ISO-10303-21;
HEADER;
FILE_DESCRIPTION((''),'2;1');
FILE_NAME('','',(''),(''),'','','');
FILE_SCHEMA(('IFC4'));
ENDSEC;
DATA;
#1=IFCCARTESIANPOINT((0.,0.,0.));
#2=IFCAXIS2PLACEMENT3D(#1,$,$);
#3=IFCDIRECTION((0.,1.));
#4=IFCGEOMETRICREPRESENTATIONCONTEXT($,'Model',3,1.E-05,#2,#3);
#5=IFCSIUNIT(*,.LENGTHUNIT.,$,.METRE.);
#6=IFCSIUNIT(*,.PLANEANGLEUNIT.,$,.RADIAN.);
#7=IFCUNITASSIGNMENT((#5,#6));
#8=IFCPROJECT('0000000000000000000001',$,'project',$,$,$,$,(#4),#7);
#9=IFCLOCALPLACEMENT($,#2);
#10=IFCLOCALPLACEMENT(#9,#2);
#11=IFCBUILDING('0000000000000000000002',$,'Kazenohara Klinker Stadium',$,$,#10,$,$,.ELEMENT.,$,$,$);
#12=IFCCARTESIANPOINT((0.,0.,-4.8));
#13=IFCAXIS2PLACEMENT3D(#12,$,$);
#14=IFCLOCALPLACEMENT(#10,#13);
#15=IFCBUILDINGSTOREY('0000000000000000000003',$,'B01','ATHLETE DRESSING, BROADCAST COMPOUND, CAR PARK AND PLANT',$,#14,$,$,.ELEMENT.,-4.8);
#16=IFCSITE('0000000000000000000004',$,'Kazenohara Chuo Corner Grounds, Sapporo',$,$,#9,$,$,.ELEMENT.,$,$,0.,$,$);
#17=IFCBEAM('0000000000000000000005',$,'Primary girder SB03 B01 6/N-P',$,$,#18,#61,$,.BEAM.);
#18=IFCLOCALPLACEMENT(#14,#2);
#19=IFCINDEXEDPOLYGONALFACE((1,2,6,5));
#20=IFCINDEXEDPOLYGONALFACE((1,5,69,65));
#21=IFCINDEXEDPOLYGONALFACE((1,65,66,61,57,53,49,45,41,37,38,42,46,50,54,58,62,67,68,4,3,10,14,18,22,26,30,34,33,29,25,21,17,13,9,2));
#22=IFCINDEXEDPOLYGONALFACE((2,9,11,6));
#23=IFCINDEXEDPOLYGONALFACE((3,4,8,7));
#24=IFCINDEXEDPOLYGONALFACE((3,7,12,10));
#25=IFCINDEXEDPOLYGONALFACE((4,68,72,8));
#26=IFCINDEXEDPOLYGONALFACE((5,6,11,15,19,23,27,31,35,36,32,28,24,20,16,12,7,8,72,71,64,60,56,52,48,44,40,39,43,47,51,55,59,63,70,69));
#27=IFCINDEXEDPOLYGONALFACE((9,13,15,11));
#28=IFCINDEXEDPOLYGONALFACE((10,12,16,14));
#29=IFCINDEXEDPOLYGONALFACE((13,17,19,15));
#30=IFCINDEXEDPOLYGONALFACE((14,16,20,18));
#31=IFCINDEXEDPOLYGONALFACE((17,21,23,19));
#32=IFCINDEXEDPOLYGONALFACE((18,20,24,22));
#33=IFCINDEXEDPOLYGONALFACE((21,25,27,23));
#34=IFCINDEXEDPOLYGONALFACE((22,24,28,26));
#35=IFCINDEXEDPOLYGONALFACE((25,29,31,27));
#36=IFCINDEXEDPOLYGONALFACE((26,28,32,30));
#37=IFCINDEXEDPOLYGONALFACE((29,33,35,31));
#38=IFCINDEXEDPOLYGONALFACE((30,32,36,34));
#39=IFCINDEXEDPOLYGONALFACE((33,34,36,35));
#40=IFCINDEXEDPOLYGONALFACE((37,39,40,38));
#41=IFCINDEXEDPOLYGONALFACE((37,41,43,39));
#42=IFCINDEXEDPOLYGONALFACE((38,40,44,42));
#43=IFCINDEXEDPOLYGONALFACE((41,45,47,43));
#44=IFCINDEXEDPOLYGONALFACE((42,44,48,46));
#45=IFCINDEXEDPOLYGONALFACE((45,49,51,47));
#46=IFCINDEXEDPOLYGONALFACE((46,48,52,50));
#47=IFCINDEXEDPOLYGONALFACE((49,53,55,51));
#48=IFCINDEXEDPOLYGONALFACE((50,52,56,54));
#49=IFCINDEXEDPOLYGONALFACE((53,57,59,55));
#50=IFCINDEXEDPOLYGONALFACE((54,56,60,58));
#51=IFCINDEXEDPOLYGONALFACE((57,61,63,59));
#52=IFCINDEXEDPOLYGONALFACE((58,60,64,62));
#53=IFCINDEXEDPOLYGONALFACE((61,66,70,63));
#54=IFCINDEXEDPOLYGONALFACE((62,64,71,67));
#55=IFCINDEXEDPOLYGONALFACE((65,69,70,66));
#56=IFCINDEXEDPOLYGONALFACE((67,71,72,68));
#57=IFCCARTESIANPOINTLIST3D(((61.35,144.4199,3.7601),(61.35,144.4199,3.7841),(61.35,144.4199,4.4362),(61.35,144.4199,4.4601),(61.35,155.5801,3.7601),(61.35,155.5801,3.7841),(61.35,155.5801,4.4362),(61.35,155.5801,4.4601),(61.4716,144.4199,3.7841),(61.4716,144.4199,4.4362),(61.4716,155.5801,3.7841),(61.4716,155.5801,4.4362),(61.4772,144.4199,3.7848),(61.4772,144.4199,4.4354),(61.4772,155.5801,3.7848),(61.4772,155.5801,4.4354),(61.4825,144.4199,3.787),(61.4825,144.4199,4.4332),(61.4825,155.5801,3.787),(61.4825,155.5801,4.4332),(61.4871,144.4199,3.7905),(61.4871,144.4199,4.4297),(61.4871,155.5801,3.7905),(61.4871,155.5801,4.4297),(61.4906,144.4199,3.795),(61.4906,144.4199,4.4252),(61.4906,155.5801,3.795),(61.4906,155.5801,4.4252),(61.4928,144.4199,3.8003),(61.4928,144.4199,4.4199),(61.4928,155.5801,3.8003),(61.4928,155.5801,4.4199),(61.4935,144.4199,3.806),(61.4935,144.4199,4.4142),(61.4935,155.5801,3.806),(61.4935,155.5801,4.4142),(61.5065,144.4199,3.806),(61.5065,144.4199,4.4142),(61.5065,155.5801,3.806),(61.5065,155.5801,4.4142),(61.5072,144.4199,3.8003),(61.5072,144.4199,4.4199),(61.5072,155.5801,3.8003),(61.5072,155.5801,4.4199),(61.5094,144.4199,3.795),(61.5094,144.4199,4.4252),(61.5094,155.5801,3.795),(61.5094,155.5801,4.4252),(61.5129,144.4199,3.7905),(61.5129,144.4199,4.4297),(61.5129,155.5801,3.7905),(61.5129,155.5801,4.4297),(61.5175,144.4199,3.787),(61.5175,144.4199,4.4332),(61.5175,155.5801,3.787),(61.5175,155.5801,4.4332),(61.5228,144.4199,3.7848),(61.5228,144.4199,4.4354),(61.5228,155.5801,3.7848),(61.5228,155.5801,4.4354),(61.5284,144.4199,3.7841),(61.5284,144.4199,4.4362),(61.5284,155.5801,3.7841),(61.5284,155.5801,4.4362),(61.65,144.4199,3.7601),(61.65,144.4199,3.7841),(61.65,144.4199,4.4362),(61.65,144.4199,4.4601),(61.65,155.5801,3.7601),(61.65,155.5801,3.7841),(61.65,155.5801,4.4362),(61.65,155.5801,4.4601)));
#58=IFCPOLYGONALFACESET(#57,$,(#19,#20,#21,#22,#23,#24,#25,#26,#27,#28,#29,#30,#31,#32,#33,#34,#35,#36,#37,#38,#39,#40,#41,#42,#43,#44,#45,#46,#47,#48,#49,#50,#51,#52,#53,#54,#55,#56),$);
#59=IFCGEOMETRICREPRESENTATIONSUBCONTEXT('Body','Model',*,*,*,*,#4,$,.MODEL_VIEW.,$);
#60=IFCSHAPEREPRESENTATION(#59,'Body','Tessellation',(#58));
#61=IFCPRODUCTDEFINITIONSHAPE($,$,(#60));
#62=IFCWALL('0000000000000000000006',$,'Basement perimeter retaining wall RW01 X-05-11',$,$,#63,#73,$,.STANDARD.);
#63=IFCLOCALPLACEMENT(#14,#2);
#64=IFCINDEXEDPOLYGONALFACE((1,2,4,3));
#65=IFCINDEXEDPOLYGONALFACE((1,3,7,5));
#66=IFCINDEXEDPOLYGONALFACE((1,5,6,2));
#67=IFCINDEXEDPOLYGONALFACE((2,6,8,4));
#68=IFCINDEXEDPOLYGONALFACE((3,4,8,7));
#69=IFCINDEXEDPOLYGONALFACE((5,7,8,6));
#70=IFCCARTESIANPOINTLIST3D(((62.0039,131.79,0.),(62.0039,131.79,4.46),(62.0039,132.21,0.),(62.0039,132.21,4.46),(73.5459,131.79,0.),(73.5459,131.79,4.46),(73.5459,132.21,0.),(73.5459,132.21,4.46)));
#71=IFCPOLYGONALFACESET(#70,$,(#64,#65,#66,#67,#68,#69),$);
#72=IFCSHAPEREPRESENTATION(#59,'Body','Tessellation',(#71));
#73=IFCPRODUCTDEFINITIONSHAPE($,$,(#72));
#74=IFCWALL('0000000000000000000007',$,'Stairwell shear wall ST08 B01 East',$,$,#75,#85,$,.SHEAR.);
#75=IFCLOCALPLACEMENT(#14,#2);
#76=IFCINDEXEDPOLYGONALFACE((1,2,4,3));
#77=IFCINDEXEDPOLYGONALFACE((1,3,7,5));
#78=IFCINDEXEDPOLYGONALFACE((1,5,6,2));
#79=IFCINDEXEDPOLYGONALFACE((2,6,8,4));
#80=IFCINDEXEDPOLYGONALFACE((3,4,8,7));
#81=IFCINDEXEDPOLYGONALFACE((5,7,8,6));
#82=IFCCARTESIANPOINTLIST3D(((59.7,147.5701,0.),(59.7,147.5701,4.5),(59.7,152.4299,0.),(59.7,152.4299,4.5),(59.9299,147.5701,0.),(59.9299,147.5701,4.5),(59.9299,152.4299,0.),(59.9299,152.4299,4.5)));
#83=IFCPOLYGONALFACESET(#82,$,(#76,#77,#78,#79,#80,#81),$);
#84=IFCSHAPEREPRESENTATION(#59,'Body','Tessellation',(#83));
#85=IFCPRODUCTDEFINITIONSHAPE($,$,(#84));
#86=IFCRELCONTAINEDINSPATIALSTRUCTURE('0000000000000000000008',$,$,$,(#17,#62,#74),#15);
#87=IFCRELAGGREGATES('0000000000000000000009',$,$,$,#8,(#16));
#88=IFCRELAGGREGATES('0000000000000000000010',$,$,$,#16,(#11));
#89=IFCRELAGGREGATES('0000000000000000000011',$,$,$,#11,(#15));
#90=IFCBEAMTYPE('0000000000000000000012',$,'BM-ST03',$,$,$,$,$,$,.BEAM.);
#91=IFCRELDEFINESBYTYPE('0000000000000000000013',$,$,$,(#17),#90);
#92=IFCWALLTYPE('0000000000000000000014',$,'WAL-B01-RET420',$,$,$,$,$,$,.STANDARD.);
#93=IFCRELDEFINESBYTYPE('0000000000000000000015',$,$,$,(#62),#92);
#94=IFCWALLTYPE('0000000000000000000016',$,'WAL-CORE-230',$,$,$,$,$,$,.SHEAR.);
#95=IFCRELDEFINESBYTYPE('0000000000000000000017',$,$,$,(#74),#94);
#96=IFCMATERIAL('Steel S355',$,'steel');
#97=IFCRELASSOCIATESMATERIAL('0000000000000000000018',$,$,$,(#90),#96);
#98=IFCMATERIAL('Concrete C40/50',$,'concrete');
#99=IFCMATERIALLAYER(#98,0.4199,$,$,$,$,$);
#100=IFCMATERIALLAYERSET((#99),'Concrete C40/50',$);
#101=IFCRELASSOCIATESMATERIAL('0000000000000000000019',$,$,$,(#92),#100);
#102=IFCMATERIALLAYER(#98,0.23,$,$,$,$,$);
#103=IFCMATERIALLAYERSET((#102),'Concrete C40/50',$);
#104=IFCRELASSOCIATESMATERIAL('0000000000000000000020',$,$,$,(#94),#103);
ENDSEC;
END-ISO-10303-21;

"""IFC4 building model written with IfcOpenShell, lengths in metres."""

from ifc_helpers import new_model, si_unit, direction, frame, frame_2d, origin, origin_2d, place, context, subcontext, project, spatial, rectangle, i_section, extrude, material, layer, layer_set, material_profile, profile_set, type_object, element, save


model = new_model("IFC4")

# Units and contexts
model_context = context("Model", 3, precision=1e-05, world=origin(), true_north=direction((0.0, 1.0)))
body_context = subcontext(model_context, "Body", "Model", "MODEL_VIEW")
ifc_project = project(units=[si_unit("LENGTHUNIT", "METRE"), si_unit("PLANEANGLEUNIT", "RADIAN")], contexts=[model_context])

# Site, building, storey
site_placement = place(None, origin())
site = spatial("IfcSite", under=ifc_project, at=site_placement, Name="Kazenohara Chuo Corner Grounds, Sapporo", CompositionType="ELEMENT", RefElevation=0.0)
building_placement = place(site_placement, origin())
building = spatial("IfcBuilding", under=site, at=building_placement, Name="Kazenohara Klinker Stadium", CompositionType="ELEMENT")
storey_placement = place(building_placement, frame((0.0, 0.0, -4.8)))
storey = spatial("IfcBuildingStorey", under=building, at=storey_placement, Name="B01", Description="ATHLETE DRESSING, BROADCAST COMPOUND, CAR PARK AND PLANT", CompositionType="ELEMENT", Elevation=-4.8)

# Shared definitions
ifc_material_1 = material(Name="Concrete C40/50", Category="concrete")

# Beam
ifc_material_2 = material(Name="Steel S355", Category="steel")
ifc_material_profile_1 = material_profile(ifc_material_2, i_section(OverallWidth=0.3, OverallDepth=0.7, WebThickness=0.0129, FlangeThickness=0.0239, FilletRadius=0.022, at=origin_2d()), Name="H-700x300x13x24")
ifc_profile_set_1 = profile_set([ifc_material_profile_1], Name="Steel S355")
beam_type_1 = type_object("IfcBeamType", Name="BM-ST03", PredefinedType="BEAM", material=ifc_profile_set_1)
beam_1_placement = place(storey_placement, frame((61.5, 144.4199, 4.1101), z_axis=(0.0, 1.0, 0.0), x_axis=(-1.0, 0.0, 0.0)))
element("IfcBeam", 1, at=beam_1_placement, inside=storey, type_object=beam_type_1, Name="Primary girder SB03 B01 6/N-P", PredefinedType="BEAM", context=body_context, shape_type="SweptSolid", body=[
    extrude(i_section(OverallWidth=0.3, OverallDepth=0.7, WebThickness=0.0129, FlangeThickness=0.0239, FilletRadius=0.022, at=origin_2d()), origin(), (0.0, 0.0, 1.0), 11.1602),
])

# Walls
ifc_layer_1 = layer(ifc_material_1, 0.4199)
ifc_layer_set_1 = layer_set([ifc_layer_1], Name="Concrete C40/50")
wall_type_1 = type_object("IfcWallType", Name="WAL-B01-RET420", PredefinedType="STANDARD", material=ifc_layer_set_1)
wall_1_placement = place(storey_placement, frame((62.0039, 132.0, 0.0), z_axis=(0.0, 0.0, 1.0), x_axis=(1.0, 0.0, 0.0)))
element("IfcWall", 2, at=wall_1_placement, inside=storey, type_object=wall_type_1, Name="Basement perimeter retaining wall RW01 X-05-11", PredefinedType="STANDARD", context=body_context, shape_type="SweptSolid", body=[
    extrude(rectangle(XDim=11.542, YDim=0.4199, at=frame_2d((5.771, 0.0))), origin(), (0.0, 0.0, 1.0), 4.46),
])
ifc_layer_2 = layer(ifc_material_1, 0.23)
ifc_layer_set_2 = layer_set([ifc_layer_2], Name="Concrete C40/50")
wall_type_2 = type_object("IfcWallType", Name="WAL-CORE-230", PredefinedType="SHEAR", material=ifc_layer_set_2)
wall_2_placement = place(storey_placement, frame((59.8149, 147.5701, 0.0), z_axis=(0.0, 0.0, 1.0), x_axis=(0.0, 1.0, 0.0)))
element("IfcWall", 3, at=wall_2_placement, inside=storey, type_object=wall_type_2, Name="Stairwell shear wall ST08 B01 East", PredefinedType="SHEAR", context=body_context, shape_type="SweptSolid", body=[
    extrude(rectangle(XDim=4.8599, YDim=0.23, at=frame_2d((2.4299, 0.0))), origin(), (0.0, 0.0, 1.0), 4.5),
])

save(model, "model.ifc")
